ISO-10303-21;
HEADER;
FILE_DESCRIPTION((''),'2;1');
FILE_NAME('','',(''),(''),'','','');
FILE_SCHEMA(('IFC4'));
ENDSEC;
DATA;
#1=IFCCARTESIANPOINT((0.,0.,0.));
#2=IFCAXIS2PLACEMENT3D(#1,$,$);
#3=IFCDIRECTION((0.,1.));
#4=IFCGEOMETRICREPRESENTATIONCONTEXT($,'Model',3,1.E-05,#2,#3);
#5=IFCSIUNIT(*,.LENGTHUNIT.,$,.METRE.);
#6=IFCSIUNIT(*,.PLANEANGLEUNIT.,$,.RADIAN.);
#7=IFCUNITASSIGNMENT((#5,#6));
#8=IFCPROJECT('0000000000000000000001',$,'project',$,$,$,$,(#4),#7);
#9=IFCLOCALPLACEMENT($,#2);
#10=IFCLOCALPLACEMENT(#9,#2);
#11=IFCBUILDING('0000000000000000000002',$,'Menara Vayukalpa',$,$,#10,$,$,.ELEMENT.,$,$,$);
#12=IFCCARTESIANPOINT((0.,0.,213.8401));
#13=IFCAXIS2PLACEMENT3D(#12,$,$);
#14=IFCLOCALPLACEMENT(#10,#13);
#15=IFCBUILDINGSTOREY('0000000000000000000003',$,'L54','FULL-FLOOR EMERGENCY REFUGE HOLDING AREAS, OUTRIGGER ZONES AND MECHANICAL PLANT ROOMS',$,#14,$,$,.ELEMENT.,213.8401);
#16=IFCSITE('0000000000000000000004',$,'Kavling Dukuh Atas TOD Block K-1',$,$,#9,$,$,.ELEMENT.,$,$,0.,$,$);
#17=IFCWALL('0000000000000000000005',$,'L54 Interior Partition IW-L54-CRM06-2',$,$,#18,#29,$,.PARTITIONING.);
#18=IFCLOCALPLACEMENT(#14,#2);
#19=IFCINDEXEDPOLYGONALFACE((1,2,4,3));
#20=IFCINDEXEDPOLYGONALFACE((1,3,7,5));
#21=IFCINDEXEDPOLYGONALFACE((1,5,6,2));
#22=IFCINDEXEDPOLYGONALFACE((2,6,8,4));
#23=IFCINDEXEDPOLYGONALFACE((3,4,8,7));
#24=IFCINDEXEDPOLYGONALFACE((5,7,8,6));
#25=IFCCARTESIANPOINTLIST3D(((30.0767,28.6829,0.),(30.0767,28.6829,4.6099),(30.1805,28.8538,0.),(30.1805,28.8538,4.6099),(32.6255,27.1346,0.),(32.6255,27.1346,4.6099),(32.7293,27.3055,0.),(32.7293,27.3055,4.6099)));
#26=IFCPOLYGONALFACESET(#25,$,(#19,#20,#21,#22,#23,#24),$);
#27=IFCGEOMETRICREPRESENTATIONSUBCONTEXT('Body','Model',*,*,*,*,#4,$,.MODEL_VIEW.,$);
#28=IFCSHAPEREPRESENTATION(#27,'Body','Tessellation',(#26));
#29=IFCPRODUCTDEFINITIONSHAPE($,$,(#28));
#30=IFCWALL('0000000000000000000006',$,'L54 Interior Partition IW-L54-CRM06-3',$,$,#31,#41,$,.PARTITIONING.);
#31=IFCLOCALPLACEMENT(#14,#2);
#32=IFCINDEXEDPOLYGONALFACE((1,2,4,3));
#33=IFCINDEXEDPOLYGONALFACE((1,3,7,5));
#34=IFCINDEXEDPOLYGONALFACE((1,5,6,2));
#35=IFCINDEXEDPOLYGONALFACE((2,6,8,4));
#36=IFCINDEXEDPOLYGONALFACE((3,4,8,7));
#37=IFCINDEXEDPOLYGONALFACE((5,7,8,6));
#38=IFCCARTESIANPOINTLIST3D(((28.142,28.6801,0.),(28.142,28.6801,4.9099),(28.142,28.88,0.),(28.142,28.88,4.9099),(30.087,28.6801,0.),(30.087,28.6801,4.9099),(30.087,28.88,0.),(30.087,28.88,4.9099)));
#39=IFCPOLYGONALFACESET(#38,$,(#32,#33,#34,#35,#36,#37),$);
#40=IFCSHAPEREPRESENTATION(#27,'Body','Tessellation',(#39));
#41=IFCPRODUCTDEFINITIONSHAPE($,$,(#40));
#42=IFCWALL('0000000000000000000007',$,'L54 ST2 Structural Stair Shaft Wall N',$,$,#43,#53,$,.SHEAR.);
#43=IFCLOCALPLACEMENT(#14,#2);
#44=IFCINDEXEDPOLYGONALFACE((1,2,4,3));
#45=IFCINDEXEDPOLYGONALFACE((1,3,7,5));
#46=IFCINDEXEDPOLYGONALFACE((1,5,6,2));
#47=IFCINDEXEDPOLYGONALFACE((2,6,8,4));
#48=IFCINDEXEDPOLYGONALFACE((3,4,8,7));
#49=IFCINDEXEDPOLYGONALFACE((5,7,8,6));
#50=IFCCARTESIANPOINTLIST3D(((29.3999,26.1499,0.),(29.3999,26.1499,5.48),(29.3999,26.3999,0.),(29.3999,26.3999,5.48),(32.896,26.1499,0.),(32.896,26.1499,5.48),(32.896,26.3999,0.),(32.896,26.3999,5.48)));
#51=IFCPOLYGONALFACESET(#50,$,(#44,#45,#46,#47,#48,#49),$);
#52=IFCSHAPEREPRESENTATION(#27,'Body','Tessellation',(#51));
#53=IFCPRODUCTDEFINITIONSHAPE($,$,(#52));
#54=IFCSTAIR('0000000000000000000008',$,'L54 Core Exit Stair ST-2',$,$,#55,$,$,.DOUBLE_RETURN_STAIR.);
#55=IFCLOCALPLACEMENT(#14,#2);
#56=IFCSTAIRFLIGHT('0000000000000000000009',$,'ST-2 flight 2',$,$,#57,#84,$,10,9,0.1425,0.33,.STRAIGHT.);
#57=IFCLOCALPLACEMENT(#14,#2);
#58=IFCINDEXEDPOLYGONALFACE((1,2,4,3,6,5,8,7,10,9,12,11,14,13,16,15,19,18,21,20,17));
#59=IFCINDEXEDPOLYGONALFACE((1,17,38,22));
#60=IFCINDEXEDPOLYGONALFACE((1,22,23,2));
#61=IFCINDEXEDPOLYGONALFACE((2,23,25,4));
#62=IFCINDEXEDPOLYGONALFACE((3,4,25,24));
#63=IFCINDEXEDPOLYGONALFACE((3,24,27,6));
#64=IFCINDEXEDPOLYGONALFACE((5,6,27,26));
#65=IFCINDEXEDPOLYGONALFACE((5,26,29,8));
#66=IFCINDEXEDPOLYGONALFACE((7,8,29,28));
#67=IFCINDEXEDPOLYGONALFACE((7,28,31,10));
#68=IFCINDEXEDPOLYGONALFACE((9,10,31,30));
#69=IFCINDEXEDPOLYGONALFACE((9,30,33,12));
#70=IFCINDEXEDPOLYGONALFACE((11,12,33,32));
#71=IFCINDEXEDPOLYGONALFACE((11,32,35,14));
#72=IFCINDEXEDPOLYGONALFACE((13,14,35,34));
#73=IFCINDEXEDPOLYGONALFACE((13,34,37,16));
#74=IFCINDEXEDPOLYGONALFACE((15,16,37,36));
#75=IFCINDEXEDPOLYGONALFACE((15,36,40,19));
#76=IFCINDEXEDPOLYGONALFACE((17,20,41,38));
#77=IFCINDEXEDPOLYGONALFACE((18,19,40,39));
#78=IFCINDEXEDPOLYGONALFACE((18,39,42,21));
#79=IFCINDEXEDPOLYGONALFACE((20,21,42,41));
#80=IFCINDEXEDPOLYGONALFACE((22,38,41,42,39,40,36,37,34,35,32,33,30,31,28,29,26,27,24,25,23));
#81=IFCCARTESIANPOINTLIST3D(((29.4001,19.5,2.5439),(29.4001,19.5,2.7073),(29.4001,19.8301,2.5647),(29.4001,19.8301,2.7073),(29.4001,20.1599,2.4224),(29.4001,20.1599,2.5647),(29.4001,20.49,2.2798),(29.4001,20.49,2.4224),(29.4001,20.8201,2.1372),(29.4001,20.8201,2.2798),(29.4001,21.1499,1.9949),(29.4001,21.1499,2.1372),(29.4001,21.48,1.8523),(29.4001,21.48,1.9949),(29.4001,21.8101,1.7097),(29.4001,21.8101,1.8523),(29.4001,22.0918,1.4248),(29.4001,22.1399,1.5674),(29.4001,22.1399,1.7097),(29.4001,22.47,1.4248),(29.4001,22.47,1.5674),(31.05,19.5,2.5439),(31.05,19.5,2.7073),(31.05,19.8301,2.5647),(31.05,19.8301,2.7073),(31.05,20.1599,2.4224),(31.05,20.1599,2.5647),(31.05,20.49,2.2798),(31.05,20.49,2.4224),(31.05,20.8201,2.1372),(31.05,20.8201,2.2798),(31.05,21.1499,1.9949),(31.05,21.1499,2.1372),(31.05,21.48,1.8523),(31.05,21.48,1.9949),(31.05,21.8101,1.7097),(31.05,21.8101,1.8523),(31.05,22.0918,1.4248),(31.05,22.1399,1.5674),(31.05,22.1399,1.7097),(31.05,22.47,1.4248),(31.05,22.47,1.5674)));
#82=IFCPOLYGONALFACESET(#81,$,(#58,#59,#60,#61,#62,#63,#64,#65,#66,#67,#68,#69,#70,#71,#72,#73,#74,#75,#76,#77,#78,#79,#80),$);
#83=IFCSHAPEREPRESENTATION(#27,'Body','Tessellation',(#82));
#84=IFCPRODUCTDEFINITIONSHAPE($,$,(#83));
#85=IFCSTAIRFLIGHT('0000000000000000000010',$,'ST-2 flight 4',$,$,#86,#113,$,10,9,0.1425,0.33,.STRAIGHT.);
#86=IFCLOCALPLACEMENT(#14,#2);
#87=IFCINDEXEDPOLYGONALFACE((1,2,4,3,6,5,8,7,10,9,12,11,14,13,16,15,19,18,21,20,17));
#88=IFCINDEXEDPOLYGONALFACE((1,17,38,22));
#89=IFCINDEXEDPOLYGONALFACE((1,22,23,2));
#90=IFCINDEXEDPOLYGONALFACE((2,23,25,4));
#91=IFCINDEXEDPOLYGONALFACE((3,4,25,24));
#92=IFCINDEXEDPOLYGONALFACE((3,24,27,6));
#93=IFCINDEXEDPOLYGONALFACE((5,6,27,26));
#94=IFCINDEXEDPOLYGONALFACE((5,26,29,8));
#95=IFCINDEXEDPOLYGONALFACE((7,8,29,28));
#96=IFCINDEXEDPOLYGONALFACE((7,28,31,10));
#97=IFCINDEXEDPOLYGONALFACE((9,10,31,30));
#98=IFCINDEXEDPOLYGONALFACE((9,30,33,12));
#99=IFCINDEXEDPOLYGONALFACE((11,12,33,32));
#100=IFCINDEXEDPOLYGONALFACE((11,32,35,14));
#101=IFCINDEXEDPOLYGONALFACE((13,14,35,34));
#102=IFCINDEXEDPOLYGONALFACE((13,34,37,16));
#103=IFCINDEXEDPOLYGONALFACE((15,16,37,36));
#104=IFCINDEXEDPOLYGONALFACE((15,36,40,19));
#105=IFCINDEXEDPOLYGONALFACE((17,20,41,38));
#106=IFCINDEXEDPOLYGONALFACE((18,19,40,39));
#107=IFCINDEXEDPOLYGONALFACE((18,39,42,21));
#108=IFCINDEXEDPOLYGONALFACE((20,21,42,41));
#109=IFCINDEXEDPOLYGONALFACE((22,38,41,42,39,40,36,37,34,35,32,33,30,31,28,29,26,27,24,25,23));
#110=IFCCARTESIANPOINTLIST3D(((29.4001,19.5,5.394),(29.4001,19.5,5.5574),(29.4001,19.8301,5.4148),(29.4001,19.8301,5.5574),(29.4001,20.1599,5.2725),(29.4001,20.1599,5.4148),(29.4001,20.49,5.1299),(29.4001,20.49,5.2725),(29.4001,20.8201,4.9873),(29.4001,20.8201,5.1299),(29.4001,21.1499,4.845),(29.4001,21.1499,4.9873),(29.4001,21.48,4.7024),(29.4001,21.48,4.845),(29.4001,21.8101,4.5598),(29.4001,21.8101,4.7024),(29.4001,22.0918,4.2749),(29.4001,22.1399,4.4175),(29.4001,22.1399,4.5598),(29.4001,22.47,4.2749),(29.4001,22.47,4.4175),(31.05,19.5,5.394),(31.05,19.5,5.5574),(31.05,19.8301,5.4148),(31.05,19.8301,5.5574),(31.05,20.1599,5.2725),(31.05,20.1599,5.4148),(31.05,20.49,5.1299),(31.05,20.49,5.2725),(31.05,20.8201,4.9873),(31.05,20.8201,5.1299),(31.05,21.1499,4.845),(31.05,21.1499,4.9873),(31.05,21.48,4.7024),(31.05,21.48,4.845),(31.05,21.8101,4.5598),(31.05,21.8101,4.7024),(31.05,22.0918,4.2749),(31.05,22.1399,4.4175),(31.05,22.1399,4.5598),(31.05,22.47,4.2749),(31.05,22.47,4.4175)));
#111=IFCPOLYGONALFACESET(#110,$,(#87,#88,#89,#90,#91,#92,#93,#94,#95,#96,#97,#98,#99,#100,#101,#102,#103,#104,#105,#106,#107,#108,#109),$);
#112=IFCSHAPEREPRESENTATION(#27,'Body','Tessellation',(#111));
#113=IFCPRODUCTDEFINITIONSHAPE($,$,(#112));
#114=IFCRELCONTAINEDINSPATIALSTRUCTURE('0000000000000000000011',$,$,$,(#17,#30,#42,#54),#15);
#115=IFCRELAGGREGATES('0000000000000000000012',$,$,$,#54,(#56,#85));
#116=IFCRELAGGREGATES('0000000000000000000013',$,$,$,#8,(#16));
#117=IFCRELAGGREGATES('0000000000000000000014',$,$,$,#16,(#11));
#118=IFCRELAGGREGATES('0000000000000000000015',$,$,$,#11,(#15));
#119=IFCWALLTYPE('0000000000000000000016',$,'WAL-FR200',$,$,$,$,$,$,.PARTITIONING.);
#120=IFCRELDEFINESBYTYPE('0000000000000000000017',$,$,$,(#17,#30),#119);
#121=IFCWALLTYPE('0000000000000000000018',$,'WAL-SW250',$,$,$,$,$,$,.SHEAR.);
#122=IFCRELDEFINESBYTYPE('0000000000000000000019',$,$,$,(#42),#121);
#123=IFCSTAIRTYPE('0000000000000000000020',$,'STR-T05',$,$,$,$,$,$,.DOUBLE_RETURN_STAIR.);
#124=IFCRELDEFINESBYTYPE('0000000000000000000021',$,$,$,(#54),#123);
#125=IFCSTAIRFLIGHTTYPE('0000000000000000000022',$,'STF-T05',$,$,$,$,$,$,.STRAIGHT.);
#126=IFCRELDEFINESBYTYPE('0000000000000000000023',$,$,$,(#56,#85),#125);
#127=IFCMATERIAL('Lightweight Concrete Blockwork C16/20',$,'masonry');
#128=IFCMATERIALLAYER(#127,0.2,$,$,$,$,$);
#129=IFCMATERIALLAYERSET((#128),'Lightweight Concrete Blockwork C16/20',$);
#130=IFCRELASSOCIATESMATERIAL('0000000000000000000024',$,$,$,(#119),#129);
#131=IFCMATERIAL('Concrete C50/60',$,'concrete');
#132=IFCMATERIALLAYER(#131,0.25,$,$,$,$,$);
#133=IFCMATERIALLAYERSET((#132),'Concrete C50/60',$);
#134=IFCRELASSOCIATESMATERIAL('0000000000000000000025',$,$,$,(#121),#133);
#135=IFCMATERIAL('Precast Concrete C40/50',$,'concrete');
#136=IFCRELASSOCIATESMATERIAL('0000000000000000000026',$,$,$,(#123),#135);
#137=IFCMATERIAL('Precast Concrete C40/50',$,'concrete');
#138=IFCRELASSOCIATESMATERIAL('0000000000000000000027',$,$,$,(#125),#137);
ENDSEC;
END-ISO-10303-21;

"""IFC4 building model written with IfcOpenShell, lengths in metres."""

from ifc_helpers import new_model, si_unit, direction, frame, frame_2d, origin, place, context, subcontext, project, spatial, polyline, rectangle, outline, extrude, material, layer, layer_set, type_object, element, aggregate, save


model = new_model("IFC4")

# Units and contexts
model_context = context("Model", 3, precision=1e-05, world=origin(), true_north=direction((0.0, 1.0)))
body_context = subcontext(model_context, "Body", "Model", "MODEL_VIEW")
ifc_project = project(units=[si_unit("LENGTHUNIT", "METRE"), si_unit("PLANEANGLEUNIT", "RADIAN")], contexts=[model_context])

# Site, building, storey
site_placement = place(None, origin())
site = spatial("IfcSite", under=ifc_project, at=site_placement, Name="Kavling Dukuh Atas TOD Block K-1", CompositionType="ELEMENT", RefElevation=0.0)
building_placement = place(site_placement, origin())
building = spatial("IfcBuilding", under=site, at=building_placement, Name="Menara Vayukalpa", CompositionType="ELEMENT")
storey_placement = place(building_placement, frame((0.0, 0.0, 213.8401)))
storey = spatial("IfcBuildingStorey", under=building, at=storey_placement, Name="L54", Description="FULL-FLOOR EMERGENCY REFUGE HOLDING AREAS, OUTRIGGER ZONES AND MECHANICAL PLANT ROOMS", CompositionType="ELEMENT", Elevation=213.8401)

# Walls
ifc_material_1 = material(Name="Lightweight Concrete Blockwork C16/20", Category="masonry")
ifc_layer_1 = layer(ifc_material_1, 0.2)
ifc_layer_set_1 = layer_set([ifc_layer_1], Name="Lightweight Concrete Blockwork C16/20")
wall_type_1 = type_object("IfcWallType", Name="WAL-FR200", PredefinedType="PARTITIONING", material=ifc_layer_set_1)
wall_1_placement = place(storey_placement, frame((32.6775, 27.22, 0.0), z_axis=(0.0, 0.0, 1.0), x_axis=(-0.854663, 0.519183, 0.0)))
element("IfcWall", 1, at=wall_1_placement, inside=storey, type_object=wall_type_1, Name="L54 Interior Partition IW-L54-CRM06-2", PredefinedType="PARTITIONING", context=body_context, shape_type="SweptSolid", body=[
    extrude(rectangle(XDim=2.9822, YDim=0.2, at=frame_2d((1.4912, 0.0))), origin(), (0.0, 0.0, 1.0), 4.6099),
])
wall_2_placement = place(storey_placement, frame((30.0872, 28.78, 0.0), z_axis=(0.0, 0.0, 1.0), x_axis=(-1.0, 0.0, 0.0)))
element("IfcWall", 2, at=wall_2_placement, inside=storey, type_object=wall_type_1, Name="L54 Interior Partition IW-L54-CRM06-3", PredefinedType="PARTITIONING", context=body_context, shape_type="SweptSolid", body=[
    extrude(rectangle(XDim=1.9451, YDim=0.2, at=frame_2d((0.9727, 0.0))), origin(), (0.0, 0.0, 1.0), 4.9099),
])
ifc_material_2 = material(Name="Concrete C50/60", Category="concrete")
ifc_layer_2 = layer(ifc_material_2, 0.25)
ifc_layer_set_2 = layer_set([ifc_layer_2], Name="Concrete C50/60")
wall_type_2 = type_object("IfcWallType", Name="WAL-SW250", PredefinedType="SHEAR", material=ifc_layer_set_2)
wall_3_placement = place(storey_placement, frame((29.3999, 26.2749, 0.0), z_axis=(0.0, 0.0, 1.0), x_axis=(1.0, 0.0, 0.0)))
element("IfcWall", 3, at=wall_3_placement, inside=storey, type_object=wall_type_2, Name="L54 ST2 Structural Stair Shaft Wall N", PredefinedType="SHEAR", context=body_context, shape_type="SweptSolid", body=[
    extrude(rectangle(XDim=3.4961, YDim=0.25, at=frame_2d((1.748, 0.0))), origin(), (0.0, 0.0, 1.0), 5.48),
])

# Stair, stair flights
ifc_material_3 = material(Name="Precast Concrete C40/50", Category="concrete")
stair_type = type_object("IfcStairType", Name="STR-T05", PredefinedType="DOUBLE_RETURN_STAIR", material=ifc_material_3)
stair_placement = place(storey_placement, origin())
stair = element("IfcStair", 4, at=stair_placement, inside=storey, type_object=stair_type, Name="L54 Core Exit Stair ST-2", PredefinedType="DOUBLE_RETURN_STAIR")
ifc_material_4 = material(Name="Precast Concrete C40/50", Category="concrete")
stair_flight_type = type_object("IfcStairFlightType", Name="STF-T05", PredefinedType="STRAIGHT", material=ifc_material_4)
stair_flight_1_placement = place(storey_placement, frame((30.2251, 22.47, 1.4248), z_axis=(0.0, 0.0, 1.0), x_axis=(0.0, -1.0, 0.0)))
stair_flight_1 = element("IfcStairFlight", 5, at=stair_flight_1_placement, type_object=stair_flight_type, Name="ST-2 flight 2", NumberOfRisers=10, NumberOfTreads=9, PredefinedType="STRAIGHT", RiserHeight=0.1425, TreadLength=0.33, context=body_context, shape_type="SweptSolid", body=[
    extrude(outline(polyline([(0.0, 0.0), (0.0, 0.1426), (0.3301, 0.1426), (0.3301, 0.2849), (0.6599, 0.2849), (0.6599, 0.4275), (0.99, 0.4275), (0.99, 0.5701), (1.3201, 0.5701), (1.3201, 0.7124), (1.6499, 0.7124), (1.6499, 0.855), (1.98, 0.855), (1.98, 0.9976), (2.3101, 0.9976), (2.3101, 1.1399), (2.6399, 1.1399), (2.6399, 1.2825), (2.97, 1.2825), (2.97, 1.425), (2.97, 1.1191), (0.3782, 0.0), (0.0, 0.0)])), frame((0.0, 0.825, 0.0), z_axis=(0.0, -1.0, 0.0), x_axis=(1.0, 0.0, 0.0)), (0.0, 0.0, 1.0), 1.6499),
])
stair_flight_2_placement = place(storey_placement, frame((30.2251, 22.47, 4.2749), z_axis=(0.0, 0.0, 1.0), x_axis=(0.0, -1.0, 0.0)))
stair_flight_2 = element("IfcStairFlight", 6, at=stair_flight_2_placement, type_object=stair_flight_type, Name="ST-2 flight 4", NumberOfRisers=10, NumberOfTreads=9, PredefinedType="STRAIGHT", RiserHeight=0.1425, TreadLength=0.33, context=body_context, shape_type="SweptSolid", body=[
    extrude(outline(polyline([(0.0, 0.0), (0.0, 0.1426), (0.3301, 0.1426), (0.3301, 0.2849), (0.6599, 0.2849), (0.6599, 0.4275), (0.99, 0.4275), (0.99, 0.5701), (1.3201, 0.5701), (1.3201, 0.7124), (1.6499, 0.7124), (1.6499, 0.855), (1.98, 0.855), (1.98, 0.9976), (2.3101, 0.9976), (2.3101, 1.1399), (2.6399, 1.1399), (2.6399, 1.2825), (2.97, 1.2825), (2.97, 1.425), (2.97, 1.1191), (0.3782, 0.0), (0.0, 0.0)])), frame((0.0, 0.825, 0.0), z_axis=(0.0, -1.0, 0.0), x_axis=(1.0, 0.0, 0.0)), (0.0, 0.0, 1.0), 1.6499),
])
aggregate(stair, [stair_flight_1, stair_flight_2])

save(model, "model.ifc")
